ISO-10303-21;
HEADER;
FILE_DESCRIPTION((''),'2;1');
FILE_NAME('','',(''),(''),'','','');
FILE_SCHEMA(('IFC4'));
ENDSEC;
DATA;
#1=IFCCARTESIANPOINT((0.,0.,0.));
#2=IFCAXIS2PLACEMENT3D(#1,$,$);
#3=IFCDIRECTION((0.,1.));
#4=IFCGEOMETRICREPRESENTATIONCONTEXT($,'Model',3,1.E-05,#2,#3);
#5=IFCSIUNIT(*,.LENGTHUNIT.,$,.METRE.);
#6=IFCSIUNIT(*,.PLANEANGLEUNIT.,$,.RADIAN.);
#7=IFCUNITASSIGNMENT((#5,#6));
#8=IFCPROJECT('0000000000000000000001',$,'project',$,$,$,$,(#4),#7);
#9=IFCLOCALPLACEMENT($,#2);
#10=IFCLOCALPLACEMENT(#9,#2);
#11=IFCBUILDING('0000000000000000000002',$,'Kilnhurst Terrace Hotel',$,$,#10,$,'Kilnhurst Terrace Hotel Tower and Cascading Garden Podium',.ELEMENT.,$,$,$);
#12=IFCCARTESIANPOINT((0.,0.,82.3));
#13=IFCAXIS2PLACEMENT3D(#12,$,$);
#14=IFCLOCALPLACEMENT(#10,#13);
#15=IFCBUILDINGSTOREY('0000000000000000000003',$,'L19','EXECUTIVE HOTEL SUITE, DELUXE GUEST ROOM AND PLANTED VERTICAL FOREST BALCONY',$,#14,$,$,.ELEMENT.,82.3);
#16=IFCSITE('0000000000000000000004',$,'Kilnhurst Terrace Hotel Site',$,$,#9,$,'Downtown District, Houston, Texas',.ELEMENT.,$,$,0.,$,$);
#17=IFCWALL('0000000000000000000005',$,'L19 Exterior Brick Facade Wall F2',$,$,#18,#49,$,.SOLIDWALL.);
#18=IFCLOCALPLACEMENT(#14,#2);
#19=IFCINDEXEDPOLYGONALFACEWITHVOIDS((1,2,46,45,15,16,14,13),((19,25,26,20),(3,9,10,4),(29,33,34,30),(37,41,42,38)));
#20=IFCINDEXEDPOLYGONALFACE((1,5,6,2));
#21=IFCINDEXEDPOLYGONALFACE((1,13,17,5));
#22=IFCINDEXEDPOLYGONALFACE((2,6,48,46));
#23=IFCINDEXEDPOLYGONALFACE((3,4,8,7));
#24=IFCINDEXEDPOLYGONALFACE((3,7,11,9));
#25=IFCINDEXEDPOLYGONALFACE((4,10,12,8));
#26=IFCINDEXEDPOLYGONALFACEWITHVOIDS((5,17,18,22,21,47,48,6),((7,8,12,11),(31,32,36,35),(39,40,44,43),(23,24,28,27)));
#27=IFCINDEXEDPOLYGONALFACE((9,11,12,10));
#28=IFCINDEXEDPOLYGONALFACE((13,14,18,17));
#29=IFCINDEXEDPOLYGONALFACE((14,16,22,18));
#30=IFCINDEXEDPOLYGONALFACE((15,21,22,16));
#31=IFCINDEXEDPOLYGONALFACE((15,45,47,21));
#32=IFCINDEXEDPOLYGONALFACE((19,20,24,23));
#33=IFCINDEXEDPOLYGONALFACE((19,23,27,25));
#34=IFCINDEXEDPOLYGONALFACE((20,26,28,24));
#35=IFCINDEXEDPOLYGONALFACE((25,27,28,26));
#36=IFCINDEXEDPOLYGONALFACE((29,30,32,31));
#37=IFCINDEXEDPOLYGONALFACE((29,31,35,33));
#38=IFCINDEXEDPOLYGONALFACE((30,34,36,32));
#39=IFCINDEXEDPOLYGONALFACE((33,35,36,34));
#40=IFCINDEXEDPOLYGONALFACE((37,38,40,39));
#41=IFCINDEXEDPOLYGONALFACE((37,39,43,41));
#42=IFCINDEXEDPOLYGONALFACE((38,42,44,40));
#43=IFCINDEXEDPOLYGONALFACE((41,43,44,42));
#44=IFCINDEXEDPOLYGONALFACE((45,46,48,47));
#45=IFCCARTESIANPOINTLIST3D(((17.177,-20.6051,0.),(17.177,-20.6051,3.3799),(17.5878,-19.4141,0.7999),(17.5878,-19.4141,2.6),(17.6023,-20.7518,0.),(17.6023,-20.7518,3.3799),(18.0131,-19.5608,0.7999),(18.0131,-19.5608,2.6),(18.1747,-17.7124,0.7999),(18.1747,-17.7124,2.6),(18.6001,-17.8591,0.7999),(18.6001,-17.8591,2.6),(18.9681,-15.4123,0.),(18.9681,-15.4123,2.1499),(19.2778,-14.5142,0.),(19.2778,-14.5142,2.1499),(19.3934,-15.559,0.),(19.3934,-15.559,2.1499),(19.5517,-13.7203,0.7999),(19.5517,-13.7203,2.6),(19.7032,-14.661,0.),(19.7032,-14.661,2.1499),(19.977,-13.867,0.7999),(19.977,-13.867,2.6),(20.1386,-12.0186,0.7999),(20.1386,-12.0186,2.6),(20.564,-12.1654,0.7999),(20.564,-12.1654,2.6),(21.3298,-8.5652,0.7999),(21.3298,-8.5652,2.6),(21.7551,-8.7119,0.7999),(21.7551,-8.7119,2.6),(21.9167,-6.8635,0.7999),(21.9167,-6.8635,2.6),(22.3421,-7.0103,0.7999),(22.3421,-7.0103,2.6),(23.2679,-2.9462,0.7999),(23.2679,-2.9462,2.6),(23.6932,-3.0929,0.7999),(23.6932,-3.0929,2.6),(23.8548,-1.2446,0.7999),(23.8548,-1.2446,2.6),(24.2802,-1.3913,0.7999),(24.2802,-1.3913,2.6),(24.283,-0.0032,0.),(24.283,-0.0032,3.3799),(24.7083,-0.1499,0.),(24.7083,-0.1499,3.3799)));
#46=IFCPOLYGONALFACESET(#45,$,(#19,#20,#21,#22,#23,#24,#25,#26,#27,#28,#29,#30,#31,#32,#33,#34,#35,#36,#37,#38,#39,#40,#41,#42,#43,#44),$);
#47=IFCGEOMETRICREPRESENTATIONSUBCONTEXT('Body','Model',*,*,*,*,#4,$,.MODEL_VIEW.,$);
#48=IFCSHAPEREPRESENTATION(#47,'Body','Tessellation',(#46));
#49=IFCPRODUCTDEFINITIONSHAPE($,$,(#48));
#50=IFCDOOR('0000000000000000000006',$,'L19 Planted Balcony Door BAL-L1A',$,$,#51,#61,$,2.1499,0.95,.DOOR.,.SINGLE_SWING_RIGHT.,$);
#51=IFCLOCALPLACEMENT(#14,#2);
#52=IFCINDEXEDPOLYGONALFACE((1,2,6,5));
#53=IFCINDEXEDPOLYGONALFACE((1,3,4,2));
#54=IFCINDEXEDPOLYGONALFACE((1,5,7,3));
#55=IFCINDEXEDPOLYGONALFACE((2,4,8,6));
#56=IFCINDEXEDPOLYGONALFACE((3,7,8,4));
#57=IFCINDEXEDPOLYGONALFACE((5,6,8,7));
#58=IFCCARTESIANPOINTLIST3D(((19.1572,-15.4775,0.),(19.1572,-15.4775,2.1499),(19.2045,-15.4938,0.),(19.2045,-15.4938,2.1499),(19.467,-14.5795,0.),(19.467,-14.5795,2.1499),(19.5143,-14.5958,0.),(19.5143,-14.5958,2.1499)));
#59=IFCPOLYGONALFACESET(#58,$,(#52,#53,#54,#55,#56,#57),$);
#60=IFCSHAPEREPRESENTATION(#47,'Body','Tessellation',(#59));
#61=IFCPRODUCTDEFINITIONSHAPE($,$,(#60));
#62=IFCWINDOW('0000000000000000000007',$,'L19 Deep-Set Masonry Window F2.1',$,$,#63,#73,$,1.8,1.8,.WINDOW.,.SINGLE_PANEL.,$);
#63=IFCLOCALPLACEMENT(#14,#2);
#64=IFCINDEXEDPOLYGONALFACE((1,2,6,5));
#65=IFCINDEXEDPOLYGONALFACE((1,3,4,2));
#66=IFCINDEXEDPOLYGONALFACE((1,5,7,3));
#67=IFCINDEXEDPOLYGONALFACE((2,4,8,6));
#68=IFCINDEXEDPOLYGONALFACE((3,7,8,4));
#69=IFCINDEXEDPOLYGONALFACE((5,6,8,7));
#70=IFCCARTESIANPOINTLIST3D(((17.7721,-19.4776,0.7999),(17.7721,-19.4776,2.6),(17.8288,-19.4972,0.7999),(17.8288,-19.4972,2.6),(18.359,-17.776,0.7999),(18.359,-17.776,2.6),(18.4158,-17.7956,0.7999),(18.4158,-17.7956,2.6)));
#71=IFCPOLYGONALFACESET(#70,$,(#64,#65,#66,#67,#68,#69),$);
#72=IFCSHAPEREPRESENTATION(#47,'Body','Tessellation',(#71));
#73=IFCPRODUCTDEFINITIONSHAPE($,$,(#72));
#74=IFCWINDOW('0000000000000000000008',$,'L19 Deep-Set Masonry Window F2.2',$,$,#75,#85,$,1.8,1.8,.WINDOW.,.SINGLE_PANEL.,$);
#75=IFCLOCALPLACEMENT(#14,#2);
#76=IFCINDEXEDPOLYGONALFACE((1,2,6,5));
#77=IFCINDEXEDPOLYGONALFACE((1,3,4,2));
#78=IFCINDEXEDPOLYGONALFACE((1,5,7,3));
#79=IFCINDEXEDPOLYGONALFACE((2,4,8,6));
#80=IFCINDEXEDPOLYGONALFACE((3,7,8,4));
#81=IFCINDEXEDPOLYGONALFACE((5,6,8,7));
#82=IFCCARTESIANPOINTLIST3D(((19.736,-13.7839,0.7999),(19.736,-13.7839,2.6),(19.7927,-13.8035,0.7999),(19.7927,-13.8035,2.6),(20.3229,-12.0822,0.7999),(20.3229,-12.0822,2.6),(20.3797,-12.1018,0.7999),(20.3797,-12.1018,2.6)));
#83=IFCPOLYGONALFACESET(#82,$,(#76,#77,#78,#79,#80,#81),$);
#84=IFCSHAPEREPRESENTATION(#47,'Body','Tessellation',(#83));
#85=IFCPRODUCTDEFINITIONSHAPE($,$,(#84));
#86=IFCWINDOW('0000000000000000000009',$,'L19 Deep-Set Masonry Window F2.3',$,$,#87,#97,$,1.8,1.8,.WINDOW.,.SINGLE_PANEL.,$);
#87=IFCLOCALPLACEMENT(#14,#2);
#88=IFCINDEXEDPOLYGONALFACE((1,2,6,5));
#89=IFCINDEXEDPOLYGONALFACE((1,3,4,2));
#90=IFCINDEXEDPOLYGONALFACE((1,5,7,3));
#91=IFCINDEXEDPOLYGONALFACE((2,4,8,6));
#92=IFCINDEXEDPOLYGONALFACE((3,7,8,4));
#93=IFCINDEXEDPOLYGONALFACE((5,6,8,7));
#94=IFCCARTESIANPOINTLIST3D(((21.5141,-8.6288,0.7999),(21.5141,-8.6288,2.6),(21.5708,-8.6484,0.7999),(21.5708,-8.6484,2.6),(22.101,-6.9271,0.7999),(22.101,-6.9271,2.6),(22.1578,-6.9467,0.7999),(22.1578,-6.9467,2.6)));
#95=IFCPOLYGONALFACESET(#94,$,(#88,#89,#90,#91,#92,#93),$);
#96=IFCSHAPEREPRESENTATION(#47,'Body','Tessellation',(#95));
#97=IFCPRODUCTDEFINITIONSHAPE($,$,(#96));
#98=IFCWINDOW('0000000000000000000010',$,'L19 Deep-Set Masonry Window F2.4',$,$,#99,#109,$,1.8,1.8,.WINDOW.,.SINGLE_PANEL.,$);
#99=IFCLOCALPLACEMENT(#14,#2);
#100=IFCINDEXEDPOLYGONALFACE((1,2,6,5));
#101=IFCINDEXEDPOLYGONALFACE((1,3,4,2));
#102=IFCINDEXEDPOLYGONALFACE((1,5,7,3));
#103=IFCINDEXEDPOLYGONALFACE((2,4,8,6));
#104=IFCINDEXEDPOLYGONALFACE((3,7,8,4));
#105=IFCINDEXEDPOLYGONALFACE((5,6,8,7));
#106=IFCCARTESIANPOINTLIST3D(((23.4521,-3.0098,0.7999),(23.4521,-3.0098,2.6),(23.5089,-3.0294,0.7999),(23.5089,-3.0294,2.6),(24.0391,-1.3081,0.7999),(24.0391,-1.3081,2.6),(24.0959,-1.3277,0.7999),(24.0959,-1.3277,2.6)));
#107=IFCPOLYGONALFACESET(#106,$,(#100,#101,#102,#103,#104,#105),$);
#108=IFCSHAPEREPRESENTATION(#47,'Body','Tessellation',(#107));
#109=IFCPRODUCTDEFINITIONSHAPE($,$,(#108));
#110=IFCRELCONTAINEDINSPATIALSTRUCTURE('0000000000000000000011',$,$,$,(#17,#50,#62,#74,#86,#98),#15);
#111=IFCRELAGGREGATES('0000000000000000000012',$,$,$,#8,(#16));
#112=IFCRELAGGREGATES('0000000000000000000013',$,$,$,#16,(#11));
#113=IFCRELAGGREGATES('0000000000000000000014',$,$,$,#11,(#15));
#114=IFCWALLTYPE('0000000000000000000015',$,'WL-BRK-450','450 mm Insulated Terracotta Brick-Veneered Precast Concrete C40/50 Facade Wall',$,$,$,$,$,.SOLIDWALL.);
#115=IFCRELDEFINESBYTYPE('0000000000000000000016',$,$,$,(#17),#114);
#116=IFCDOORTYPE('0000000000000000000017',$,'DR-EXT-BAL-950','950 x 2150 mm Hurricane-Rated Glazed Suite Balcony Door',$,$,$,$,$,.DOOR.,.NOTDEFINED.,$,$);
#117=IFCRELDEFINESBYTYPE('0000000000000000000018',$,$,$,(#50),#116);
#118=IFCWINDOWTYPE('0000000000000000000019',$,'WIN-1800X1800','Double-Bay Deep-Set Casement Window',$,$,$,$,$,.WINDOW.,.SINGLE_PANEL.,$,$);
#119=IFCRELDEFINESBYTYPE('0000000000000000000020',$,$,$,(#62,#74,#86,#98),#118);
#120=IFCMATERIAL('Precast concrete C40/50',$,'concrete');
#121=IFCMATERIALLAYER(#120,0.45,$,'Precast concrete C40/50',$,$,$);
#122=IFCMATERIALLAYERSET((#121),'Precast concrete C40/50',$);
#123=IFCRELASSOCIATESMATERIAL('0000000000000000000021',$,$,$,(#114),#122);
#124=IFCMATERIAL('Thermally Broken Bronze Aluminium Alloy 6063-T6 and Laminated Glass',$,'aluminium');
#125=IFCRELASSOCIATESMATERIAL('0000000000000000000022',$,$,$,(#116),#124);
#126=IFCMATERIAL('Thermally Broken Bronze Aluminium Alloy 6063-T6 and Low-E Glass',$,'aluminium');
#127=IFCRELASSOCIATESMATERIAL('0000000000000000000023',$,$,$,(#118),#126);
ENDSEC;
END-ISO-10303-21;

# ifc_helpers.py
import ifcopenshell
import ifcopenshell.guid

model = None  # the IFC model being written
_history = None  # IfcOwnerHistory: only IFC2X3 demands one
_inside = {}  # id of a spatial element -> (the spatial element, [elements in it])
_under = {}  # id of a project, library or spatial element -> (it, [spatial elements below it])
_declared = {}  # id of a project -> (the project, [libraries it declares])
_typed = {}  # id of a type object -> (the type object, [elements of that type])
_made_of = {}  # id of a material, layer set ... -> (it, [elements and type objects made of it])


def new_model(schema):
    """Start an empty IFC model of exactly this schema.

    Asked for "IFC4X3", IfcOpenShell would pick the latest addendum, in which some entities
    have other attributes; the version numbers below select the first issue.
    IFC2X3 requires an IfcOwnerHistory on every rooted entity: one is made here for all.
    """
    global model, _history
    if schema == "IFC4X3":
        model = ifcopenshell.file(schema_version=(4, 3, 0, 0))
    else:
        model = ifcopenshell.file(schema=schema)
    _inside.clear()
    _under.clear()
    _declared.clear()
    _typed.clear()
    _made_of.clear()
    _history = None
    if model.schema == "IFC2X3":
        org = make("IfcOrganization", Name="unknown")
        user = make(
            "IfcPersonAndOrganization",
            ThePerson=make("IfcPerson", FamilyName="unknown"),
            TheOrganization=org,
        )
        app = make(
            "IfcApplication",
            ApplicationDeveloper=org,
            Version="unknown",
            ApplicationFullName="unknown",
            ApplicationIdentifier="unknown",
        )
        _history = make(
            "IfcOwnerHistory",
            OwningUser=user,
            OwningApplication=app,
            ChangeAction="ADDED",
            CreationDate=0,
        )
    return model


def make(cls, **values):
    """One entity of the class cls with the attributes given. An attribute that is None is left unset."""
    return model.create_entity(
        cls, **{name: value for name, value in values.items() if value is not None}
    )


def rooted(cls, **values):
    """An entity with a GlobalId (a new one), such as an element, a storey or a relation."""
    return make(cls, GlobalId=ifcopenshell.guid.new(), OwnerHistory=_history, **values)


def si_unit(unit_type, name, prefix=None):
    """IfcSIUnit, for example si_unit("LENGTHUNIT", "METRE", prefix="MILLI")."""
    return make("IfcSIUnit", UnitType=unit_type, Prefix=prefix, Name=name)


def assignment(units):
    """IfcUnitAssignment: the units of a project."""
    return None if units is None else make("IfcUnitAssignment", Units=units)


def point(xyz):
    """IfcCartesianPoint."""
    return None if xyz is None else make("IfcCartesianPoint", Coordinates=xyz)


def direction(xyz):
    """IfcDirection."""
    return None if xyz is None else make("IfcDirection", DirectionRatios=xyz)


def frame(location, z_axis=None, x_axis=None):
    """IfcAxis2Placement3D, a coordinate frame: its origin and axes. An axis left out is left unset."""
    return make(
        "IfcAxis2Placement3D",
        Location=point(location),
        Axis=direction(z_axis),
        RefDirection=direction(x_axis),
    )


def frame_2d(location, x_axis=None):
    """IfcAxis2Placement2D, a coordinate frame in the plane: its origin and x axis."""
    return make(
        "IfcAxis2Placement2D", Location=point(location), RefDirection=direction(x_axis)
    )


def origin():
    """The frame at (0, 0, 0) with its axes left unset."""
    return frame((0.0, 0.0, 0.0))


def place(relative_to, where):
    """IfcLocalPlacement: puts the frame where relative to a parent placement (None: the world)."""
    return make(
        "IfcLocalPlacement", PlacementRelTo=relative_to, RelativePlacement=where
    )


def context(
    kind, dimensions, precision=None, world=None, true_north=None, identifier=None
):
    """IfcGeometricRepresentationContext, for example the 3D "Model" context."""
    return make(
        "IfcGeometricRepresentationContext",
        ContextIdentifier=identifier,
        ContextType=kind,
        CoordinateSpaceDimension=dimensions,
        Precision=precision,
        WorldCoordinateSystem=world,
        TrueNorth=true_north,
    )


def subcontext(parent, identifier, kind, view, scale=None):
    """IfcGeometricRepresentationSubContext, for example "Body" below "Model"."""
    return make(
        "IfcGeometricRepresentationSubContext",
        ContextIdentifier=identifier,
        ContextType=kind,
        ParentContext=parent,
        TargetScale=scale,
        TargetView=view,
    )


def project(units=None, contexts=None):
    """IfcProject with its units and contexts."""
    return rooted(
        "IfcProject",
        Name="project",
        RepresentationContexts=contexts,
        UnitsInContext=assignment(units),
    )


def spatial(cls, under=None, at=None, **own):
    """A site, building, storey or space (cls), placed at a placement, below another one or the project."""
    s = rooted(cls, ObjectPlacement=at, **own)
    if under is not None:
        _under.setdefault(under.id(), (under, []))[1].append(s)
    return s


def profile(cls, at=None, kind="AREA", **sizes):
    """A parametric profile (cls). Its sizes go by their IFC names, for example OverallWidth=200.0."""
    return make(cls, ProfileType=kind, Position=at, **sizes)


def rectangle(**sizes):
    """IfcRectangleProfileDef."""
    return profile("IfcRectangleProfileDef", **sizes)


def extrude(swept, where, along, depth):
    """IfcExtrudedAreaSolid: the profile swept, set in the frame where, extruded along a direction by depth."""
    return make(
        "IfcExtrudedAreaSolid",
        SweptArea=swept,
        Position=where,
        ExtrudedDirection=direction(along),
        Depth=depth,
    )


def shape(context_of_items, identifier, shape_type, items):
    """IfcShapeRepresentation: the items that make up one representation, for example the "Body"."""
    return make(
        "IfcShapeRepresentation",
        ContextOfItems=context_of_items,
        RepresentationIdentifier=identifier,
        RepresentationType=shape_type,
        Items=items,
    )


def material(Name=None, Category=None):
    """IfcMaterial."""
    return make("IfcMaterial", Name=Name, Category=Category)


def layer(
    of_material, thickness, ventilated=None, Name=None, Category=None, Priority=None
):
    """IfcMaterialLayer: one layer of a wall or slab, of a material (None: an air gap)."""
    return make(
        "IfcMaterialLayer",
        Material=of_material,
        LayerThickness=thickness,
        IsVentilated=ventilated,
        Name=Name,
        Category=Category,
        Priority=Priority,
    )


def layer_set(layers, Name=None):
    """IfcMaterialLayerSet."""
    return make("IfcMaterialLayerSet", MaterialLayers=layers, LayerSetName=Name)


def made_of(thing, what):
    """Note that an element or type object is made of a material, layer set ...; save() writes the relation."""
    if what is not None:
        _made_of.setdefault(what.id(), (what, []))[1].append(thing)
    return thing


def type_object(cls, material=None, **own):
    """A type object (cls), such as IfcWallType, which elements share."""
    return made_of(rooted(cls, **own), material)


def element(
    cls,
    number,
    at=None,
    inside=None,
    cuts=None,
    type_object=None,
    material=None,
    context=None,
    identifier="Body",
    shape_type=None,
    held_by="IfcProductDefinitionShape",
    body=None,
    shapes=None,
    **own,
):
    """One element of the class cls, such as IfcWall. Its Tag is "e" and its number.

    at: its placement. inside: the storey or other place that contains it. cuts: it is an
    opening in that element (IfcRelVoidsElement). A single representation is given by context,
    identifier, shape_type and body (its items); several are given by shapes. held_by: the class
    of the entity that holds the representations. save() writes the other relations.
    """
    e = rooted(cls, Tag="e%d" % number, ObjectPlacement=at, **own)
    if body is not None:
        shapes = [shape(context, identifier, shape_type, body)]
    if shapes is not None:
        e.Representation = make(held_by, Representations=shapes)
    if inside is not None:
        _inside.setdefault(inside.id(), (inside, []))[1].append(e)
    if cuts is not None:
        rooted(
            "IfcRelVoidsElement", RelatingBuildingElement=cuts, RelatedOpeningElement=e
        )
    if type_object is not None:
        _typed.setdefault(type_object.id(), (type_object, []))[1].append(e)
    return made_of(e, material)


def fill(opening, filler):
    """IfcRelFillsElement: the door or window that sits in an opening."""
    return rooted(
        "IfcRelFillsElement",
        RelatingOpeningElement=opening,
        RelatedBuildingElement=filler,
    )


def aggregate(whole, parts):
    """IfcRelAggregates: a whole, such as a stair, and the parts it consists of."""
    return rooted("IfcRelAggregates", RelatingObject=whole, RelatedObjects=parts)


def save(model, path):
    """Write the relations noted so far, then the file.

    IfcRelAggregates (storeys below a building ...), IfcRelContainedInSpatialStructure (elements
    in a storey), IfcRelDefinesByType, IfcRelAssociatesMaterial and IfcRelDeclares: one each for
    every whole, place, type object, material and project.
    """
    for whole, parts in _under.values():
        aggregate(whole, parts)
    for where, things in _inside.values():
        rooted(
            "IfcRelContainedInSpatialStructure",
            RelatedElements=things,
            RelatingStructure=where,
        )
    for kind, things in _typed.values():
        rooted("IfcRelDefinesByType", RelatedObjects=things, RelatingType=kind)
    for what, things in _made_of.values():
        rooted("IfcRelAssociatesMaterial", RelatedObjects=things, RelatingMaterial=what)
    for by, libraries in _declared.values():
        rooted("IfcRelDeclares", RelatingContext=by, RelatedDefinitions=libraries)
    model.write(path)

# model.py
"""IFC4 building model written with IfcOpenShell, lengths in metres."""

from ifc_helpers import new_model, si_unit, direction, frame, frame_2d, origin, place, context, subcontext, project, spatial, rectangle, extrude, material, layer, layer_set, type_object, element, fill, save


model = new_model("IFC4")

# Units and contexts
model_context = context("Model", 3, precision=1e-05, world=origin(), true_north=direction((0.0, 1.0)))
body_context = subcontext(model_context, "Body", "Model", "MODEL_VIEW")
ifc_project = project(units=[si_unit("LENGTHUNIT", "METRE"), si_unit("PLANEANGLEUNIT", "RADIAN")], contexts=[model_context])

# Site, building, storey
site_placement = place(None, origin())
site = spatial("IfcSite", under=ifc_project, at=site_placement, Name="Kilnhurst Terrace Hotel Site", LongName="Downtown District, Houston, Texas", CompositionType="ELEMENT", RefElevation=0.0)
building_placement = place(site_placement, origin())
building = spatial("IfcBuilding", under=site, at=building_placement, Name="Kilnhurst Terrace Hotel", LongName="Kilnhurst Terrace Hotel Tower and Cascading Garden Podium", CompositionType="ELEMENT")
storey_placement = place(building_placement, frame((0.0, 0.0, 82.3)))
storey = spatial("IfcBuildingStorey", under=building, at=storey_placement, Name="L19", Description="EXECUTIVE HOTEL SUITE, DELUXE GUEST ROOM AND PLANTED VERTICAL FOREST BALCONY", CompositionType="ELEMENT", Elevation=82.3)

# Shared definitions
ifc_material_1 = material(Name="Precast concrete C40/50", Category="concrete")
ifc_layer_1 = layer(ifc_material_1, 0.45, Name="Precast concrete C40/50")
ifc_layer_set_1 = layer_set([ifc_layer_1], Name="Precast concrete C40/50")
wall_type_1 = type_object("IfcWallType", Name="WL-BRK-450", Description="450 mm Insulated Terracotta Brick-Veneered Precast Concrete C40/50 Facade Wall", PredefinedType="SOLIDWALL", material=ifc_layer_set_1)

# Wall, openings, door, windows
wall_1_placement = place(storey_placement, frame((17.3896, -20.6785, 0.0), z_axis=(0.0, 0.0, 1.0), x_axis=(0.326068, 0.945346, 0.0)))
wall_1 = element("IfcWall", 1, at=wall_1_placement, inside=storey, type_object=wall_type_1, Name="L19 Exterior Brick Facade Wall F2", PredefinedType="SOLIDWALL", context=body_context, shape_type="SweptSolid", body=[
    extrude(rectangle(XDim=21.793, YDim=0.45, at=frame_2d((10.8965, 0.0))), origin(), (0.0, 0.0, 1.0), 3.3799),
])
opening_1_placement = place(wall_1_placement, frame((5.4929, 0.0, 0.0)))
opening_1 = element("IfcOpeningElement", 2, at=opening_1_placement, cuts=wall_1, PredefinedType="OPENING", context=body_context, shape_type="SweptSolid", body=[
    extrude(rectangle(XDim=0.95, YDim=2.1499, at=frame_2d((0.4751, 1.075))), frame((0.0, 0.2349, 0.0), z_axis=(0.0, -1.0, 0.0), x_axis=(1.0, 0.0, 0.0)), (0.0, 0.0, 1.0), 0.47),
])
opening_2_placement = place(wall_1_placement, frame((1.26, 0.0, 0.8)))
opening_2 = element("IfcOpeningElement", 3, at=opening_2_placement, cuts=wall_1, PredefinedType="OPENING", context=body_context, shape_type="SweptSolid", body=[
    extrude(rectangle(XDim=1.8, YDim=1.8, at=frame_2d((0.8999, 0.8999))), frame((0.0, 0.2349, 0.0), z_axis=(0.0, -1.0, 0.0), x_axis=(1.0, 0.0, 0.0)), (0.0, 0.0, 1.0), 0.47),
])
opening_3_placement = place(wall_1_placement, frame((7.283, 0.0, 0.8)))
opening_3 = element("IfcOpeningElement", 4, at=opening_3_placement, cuts=wall_1, PredefinedType="OPENING", context=body_context, shape_type="SweptSolid", body=[
    extrude(rectangle(XDim=1.8, YDim=1.8, at=frame_2d((0.8999, 0.8999))), frame((0.0, 0.2349, 0.0), z_axis=(0.0, -1.0, 0.0), x_axis=(1.0, 0.0, 0.0)), (0.0, 0.0, 1.0), 0.47),
])
opening_4_placement = place(wall_1_placement, frame((12.7361, 0.0, 0.8)))
opening_4 = element("IfcOpeningElement", 5, at=opening_4_placement, cuts=wall_1, PredefinedType="OPENING", context=body_context, shape_type="SweptSolid", body=[
    extrude(rectangle(XDim=1.8, YDim=1.8, at=frame_2d((0.8999, 0.8999))), frame((0.0, 0.2349, 0.0), z_axis=(0.0, -1.0, 0.0), x_axis=(1.0, 0.0, 0.0)), (0.0, 0.0, 1.0), 0.47),
])
opening_5_placement = place(wall_1_placement, frame((18.6799, 0.0, 0.8)))
opening_5 = element("IfcOpeningElement", 6, at=opening_5_placement, cuts=wall_1, PredefinedType="OPENING", context=body_context, shape_type="SweptSolid", body=[
    extrude(rectangle(XDim=1.8, YDim=1.8, at=frame_2d((0.8999, 0.8999))), frame((0.0, 0.2349, 0.0), z_axis=(0.0, -1.0, 0.0), x_axis=(1.0, 0.0, 0.0)), (0.0, 0.0, 1.0), 0.47),
])
ifc_material_2 = material(Name="Thermally Broken Bronze Aluminium Alloy 6063-T6 and Laminated Glass", Category="aluminium")
door_type_1 = type_object("IfcDoorType", Name="DR-EXT-BAL-950", Description="950 x 2150 mm Hurricane-Rated Glazed Suite Balcony Door", OperationType="NOTDEFINED", PredefinedType="DOOR", material=ifc_material_2)
door_1_placement = place(opening_1_placement, origin())
door_1 = element("IfcDoor", 7, at=door_1_placement, inside=storey, type_object=door_type_1, Name="L19 Planted Balcony Door BAL-L1A", OperationType="SINGLE_SWING_RIGHT", OverallHeight=2.1499, OverallWidth=0.95, PredefinedType="DOOR", context=body_context, shape_type="SweptSolid", body=[
    extrude(rectangle(XDim=0.95, YDim=2.1499, at=frame_2d((0.4751, 1.075))), frame((0.0, 0.0249, 0.0), z_axis=(0.0, -1.0, 0.0), x_axis=(1.0, 0.0, 0.0)), (0.0, 0.0, 1.0), 0.05),
])
fill(opening_1, door_1)
ifc_material_3 = material(Name="Thermally Broken Bronze Aluminium Alloy 6063-T6 and Low-E Glass", Category="aluminium")
window_type = type_object("IfcWindowType", Name="WIN-1800X1800", Description="Double-Bay Deep-Set Casement Window", PartitioningType="SINGLE_PANEL", PredefinedType="WINDOW", material=ifc_material_3)
window_1_placement = place(opening_2_placement, origin())
window_1 = element("IfcWindow", 8, at=window_1_placement, inside=storey, type_object=window_type, Name="L19 Deep-Set Masonry Window F2.1", OverallHeight=1.8, OverallWidth=1.8, PartitioningType="SINGLE_PANEL", PredefinedType="WINDOW", context=body_context, shape_type="SweptSolid", body=[
    extrude(rectangle(XDim=1.8, YDim=1.8, at=frame_2d((0.8999, 0.8999))), frame((0.0, 0.03, 0.0), z_axis=(0.0, -1.0, 0.0), x_axis=(1.0, 0.0, 0.0)), (0.0, 0.0, 1.0), 0.0601),
])
fill(opening_2, window_1)
window_2_placement = place(opening_3_placement, origin())
window_2 = element("IfcWindow", 9, at=window_2_placement, inside=storey, type_object=window_type, Name="L19 Deep-Set Masonry Window F2.2", OverallHeight=1.8, OverallWidth=1.8, PartitioningType="SINGLE_PANEL", PredefinedType="WINDOW", context=body_context, shape_type="SweptSolid", body=[
    extrude(rectangle(XDim=1.8, YDim=1.8, at=frame_2d((0.8999, 0.8999))), frame((0.0, 0.03, 0.0), z_axis=(0.0, -1.0, 0.0), x_axis=(1.0, 0.0, 0.0)), (0.0, 0.0, 1.0), 0.0601),
])
fill(opening_3, window_2)
window_3_placement = place(opening_4_placement, origin())
window_3 = element("IfcWindow", 10, at=window_3_placement, inside=storey, type_object=window_type, Name="L19 Deep-Set Masonry Window F2.3", OverallHeight=1.8, OverallWidth=1.8, PartitioningType="SINGLE_PANEL", PredefinedType="WINDOW", context=body_context, shape_type="SweptSolid", body=[
    extrude(rectangle(XDim=1.8, YDim=1.8, at=frame_2d((0.8999, 0.8999))), frame((0.0, 0.03, 0.0), z_axis=(0.0, -1.0, 0.0), x_axis=(1.0, 0.0, 0.0)), (0.0, 0.0, 1.0), 0.0601),
])
fill(opening_4, window_3)
window_4_placement = place(opening_5_placement, origin())
window_4 = element("IfcWindow", 11, at=window_4_placement, inside=storey, type_object=window_type, Name="L19 Deep-Set Masonry Window F2.4", OverallHeight=1.8, OverallWidth=1.8, PartitioningType="SINGLE_PANEL", PredefinedType="WINDOW", context=body_context, shape_type="SweptSolid", body=[
    extrude(rectangle(XDim=1.8, YDim=1.8, at=frame_2d((0.8999, 0.8999))), frame((0.0, 0.03, 0.0), z_axis=(0.0, -1.0, 0.0), x_axis=(1.0, 0.0, 0.0)), (0.0, 0.0, 1.0), 0.0601),
])
fill(opening_5, window_4)

save(model, "model.ifc")
